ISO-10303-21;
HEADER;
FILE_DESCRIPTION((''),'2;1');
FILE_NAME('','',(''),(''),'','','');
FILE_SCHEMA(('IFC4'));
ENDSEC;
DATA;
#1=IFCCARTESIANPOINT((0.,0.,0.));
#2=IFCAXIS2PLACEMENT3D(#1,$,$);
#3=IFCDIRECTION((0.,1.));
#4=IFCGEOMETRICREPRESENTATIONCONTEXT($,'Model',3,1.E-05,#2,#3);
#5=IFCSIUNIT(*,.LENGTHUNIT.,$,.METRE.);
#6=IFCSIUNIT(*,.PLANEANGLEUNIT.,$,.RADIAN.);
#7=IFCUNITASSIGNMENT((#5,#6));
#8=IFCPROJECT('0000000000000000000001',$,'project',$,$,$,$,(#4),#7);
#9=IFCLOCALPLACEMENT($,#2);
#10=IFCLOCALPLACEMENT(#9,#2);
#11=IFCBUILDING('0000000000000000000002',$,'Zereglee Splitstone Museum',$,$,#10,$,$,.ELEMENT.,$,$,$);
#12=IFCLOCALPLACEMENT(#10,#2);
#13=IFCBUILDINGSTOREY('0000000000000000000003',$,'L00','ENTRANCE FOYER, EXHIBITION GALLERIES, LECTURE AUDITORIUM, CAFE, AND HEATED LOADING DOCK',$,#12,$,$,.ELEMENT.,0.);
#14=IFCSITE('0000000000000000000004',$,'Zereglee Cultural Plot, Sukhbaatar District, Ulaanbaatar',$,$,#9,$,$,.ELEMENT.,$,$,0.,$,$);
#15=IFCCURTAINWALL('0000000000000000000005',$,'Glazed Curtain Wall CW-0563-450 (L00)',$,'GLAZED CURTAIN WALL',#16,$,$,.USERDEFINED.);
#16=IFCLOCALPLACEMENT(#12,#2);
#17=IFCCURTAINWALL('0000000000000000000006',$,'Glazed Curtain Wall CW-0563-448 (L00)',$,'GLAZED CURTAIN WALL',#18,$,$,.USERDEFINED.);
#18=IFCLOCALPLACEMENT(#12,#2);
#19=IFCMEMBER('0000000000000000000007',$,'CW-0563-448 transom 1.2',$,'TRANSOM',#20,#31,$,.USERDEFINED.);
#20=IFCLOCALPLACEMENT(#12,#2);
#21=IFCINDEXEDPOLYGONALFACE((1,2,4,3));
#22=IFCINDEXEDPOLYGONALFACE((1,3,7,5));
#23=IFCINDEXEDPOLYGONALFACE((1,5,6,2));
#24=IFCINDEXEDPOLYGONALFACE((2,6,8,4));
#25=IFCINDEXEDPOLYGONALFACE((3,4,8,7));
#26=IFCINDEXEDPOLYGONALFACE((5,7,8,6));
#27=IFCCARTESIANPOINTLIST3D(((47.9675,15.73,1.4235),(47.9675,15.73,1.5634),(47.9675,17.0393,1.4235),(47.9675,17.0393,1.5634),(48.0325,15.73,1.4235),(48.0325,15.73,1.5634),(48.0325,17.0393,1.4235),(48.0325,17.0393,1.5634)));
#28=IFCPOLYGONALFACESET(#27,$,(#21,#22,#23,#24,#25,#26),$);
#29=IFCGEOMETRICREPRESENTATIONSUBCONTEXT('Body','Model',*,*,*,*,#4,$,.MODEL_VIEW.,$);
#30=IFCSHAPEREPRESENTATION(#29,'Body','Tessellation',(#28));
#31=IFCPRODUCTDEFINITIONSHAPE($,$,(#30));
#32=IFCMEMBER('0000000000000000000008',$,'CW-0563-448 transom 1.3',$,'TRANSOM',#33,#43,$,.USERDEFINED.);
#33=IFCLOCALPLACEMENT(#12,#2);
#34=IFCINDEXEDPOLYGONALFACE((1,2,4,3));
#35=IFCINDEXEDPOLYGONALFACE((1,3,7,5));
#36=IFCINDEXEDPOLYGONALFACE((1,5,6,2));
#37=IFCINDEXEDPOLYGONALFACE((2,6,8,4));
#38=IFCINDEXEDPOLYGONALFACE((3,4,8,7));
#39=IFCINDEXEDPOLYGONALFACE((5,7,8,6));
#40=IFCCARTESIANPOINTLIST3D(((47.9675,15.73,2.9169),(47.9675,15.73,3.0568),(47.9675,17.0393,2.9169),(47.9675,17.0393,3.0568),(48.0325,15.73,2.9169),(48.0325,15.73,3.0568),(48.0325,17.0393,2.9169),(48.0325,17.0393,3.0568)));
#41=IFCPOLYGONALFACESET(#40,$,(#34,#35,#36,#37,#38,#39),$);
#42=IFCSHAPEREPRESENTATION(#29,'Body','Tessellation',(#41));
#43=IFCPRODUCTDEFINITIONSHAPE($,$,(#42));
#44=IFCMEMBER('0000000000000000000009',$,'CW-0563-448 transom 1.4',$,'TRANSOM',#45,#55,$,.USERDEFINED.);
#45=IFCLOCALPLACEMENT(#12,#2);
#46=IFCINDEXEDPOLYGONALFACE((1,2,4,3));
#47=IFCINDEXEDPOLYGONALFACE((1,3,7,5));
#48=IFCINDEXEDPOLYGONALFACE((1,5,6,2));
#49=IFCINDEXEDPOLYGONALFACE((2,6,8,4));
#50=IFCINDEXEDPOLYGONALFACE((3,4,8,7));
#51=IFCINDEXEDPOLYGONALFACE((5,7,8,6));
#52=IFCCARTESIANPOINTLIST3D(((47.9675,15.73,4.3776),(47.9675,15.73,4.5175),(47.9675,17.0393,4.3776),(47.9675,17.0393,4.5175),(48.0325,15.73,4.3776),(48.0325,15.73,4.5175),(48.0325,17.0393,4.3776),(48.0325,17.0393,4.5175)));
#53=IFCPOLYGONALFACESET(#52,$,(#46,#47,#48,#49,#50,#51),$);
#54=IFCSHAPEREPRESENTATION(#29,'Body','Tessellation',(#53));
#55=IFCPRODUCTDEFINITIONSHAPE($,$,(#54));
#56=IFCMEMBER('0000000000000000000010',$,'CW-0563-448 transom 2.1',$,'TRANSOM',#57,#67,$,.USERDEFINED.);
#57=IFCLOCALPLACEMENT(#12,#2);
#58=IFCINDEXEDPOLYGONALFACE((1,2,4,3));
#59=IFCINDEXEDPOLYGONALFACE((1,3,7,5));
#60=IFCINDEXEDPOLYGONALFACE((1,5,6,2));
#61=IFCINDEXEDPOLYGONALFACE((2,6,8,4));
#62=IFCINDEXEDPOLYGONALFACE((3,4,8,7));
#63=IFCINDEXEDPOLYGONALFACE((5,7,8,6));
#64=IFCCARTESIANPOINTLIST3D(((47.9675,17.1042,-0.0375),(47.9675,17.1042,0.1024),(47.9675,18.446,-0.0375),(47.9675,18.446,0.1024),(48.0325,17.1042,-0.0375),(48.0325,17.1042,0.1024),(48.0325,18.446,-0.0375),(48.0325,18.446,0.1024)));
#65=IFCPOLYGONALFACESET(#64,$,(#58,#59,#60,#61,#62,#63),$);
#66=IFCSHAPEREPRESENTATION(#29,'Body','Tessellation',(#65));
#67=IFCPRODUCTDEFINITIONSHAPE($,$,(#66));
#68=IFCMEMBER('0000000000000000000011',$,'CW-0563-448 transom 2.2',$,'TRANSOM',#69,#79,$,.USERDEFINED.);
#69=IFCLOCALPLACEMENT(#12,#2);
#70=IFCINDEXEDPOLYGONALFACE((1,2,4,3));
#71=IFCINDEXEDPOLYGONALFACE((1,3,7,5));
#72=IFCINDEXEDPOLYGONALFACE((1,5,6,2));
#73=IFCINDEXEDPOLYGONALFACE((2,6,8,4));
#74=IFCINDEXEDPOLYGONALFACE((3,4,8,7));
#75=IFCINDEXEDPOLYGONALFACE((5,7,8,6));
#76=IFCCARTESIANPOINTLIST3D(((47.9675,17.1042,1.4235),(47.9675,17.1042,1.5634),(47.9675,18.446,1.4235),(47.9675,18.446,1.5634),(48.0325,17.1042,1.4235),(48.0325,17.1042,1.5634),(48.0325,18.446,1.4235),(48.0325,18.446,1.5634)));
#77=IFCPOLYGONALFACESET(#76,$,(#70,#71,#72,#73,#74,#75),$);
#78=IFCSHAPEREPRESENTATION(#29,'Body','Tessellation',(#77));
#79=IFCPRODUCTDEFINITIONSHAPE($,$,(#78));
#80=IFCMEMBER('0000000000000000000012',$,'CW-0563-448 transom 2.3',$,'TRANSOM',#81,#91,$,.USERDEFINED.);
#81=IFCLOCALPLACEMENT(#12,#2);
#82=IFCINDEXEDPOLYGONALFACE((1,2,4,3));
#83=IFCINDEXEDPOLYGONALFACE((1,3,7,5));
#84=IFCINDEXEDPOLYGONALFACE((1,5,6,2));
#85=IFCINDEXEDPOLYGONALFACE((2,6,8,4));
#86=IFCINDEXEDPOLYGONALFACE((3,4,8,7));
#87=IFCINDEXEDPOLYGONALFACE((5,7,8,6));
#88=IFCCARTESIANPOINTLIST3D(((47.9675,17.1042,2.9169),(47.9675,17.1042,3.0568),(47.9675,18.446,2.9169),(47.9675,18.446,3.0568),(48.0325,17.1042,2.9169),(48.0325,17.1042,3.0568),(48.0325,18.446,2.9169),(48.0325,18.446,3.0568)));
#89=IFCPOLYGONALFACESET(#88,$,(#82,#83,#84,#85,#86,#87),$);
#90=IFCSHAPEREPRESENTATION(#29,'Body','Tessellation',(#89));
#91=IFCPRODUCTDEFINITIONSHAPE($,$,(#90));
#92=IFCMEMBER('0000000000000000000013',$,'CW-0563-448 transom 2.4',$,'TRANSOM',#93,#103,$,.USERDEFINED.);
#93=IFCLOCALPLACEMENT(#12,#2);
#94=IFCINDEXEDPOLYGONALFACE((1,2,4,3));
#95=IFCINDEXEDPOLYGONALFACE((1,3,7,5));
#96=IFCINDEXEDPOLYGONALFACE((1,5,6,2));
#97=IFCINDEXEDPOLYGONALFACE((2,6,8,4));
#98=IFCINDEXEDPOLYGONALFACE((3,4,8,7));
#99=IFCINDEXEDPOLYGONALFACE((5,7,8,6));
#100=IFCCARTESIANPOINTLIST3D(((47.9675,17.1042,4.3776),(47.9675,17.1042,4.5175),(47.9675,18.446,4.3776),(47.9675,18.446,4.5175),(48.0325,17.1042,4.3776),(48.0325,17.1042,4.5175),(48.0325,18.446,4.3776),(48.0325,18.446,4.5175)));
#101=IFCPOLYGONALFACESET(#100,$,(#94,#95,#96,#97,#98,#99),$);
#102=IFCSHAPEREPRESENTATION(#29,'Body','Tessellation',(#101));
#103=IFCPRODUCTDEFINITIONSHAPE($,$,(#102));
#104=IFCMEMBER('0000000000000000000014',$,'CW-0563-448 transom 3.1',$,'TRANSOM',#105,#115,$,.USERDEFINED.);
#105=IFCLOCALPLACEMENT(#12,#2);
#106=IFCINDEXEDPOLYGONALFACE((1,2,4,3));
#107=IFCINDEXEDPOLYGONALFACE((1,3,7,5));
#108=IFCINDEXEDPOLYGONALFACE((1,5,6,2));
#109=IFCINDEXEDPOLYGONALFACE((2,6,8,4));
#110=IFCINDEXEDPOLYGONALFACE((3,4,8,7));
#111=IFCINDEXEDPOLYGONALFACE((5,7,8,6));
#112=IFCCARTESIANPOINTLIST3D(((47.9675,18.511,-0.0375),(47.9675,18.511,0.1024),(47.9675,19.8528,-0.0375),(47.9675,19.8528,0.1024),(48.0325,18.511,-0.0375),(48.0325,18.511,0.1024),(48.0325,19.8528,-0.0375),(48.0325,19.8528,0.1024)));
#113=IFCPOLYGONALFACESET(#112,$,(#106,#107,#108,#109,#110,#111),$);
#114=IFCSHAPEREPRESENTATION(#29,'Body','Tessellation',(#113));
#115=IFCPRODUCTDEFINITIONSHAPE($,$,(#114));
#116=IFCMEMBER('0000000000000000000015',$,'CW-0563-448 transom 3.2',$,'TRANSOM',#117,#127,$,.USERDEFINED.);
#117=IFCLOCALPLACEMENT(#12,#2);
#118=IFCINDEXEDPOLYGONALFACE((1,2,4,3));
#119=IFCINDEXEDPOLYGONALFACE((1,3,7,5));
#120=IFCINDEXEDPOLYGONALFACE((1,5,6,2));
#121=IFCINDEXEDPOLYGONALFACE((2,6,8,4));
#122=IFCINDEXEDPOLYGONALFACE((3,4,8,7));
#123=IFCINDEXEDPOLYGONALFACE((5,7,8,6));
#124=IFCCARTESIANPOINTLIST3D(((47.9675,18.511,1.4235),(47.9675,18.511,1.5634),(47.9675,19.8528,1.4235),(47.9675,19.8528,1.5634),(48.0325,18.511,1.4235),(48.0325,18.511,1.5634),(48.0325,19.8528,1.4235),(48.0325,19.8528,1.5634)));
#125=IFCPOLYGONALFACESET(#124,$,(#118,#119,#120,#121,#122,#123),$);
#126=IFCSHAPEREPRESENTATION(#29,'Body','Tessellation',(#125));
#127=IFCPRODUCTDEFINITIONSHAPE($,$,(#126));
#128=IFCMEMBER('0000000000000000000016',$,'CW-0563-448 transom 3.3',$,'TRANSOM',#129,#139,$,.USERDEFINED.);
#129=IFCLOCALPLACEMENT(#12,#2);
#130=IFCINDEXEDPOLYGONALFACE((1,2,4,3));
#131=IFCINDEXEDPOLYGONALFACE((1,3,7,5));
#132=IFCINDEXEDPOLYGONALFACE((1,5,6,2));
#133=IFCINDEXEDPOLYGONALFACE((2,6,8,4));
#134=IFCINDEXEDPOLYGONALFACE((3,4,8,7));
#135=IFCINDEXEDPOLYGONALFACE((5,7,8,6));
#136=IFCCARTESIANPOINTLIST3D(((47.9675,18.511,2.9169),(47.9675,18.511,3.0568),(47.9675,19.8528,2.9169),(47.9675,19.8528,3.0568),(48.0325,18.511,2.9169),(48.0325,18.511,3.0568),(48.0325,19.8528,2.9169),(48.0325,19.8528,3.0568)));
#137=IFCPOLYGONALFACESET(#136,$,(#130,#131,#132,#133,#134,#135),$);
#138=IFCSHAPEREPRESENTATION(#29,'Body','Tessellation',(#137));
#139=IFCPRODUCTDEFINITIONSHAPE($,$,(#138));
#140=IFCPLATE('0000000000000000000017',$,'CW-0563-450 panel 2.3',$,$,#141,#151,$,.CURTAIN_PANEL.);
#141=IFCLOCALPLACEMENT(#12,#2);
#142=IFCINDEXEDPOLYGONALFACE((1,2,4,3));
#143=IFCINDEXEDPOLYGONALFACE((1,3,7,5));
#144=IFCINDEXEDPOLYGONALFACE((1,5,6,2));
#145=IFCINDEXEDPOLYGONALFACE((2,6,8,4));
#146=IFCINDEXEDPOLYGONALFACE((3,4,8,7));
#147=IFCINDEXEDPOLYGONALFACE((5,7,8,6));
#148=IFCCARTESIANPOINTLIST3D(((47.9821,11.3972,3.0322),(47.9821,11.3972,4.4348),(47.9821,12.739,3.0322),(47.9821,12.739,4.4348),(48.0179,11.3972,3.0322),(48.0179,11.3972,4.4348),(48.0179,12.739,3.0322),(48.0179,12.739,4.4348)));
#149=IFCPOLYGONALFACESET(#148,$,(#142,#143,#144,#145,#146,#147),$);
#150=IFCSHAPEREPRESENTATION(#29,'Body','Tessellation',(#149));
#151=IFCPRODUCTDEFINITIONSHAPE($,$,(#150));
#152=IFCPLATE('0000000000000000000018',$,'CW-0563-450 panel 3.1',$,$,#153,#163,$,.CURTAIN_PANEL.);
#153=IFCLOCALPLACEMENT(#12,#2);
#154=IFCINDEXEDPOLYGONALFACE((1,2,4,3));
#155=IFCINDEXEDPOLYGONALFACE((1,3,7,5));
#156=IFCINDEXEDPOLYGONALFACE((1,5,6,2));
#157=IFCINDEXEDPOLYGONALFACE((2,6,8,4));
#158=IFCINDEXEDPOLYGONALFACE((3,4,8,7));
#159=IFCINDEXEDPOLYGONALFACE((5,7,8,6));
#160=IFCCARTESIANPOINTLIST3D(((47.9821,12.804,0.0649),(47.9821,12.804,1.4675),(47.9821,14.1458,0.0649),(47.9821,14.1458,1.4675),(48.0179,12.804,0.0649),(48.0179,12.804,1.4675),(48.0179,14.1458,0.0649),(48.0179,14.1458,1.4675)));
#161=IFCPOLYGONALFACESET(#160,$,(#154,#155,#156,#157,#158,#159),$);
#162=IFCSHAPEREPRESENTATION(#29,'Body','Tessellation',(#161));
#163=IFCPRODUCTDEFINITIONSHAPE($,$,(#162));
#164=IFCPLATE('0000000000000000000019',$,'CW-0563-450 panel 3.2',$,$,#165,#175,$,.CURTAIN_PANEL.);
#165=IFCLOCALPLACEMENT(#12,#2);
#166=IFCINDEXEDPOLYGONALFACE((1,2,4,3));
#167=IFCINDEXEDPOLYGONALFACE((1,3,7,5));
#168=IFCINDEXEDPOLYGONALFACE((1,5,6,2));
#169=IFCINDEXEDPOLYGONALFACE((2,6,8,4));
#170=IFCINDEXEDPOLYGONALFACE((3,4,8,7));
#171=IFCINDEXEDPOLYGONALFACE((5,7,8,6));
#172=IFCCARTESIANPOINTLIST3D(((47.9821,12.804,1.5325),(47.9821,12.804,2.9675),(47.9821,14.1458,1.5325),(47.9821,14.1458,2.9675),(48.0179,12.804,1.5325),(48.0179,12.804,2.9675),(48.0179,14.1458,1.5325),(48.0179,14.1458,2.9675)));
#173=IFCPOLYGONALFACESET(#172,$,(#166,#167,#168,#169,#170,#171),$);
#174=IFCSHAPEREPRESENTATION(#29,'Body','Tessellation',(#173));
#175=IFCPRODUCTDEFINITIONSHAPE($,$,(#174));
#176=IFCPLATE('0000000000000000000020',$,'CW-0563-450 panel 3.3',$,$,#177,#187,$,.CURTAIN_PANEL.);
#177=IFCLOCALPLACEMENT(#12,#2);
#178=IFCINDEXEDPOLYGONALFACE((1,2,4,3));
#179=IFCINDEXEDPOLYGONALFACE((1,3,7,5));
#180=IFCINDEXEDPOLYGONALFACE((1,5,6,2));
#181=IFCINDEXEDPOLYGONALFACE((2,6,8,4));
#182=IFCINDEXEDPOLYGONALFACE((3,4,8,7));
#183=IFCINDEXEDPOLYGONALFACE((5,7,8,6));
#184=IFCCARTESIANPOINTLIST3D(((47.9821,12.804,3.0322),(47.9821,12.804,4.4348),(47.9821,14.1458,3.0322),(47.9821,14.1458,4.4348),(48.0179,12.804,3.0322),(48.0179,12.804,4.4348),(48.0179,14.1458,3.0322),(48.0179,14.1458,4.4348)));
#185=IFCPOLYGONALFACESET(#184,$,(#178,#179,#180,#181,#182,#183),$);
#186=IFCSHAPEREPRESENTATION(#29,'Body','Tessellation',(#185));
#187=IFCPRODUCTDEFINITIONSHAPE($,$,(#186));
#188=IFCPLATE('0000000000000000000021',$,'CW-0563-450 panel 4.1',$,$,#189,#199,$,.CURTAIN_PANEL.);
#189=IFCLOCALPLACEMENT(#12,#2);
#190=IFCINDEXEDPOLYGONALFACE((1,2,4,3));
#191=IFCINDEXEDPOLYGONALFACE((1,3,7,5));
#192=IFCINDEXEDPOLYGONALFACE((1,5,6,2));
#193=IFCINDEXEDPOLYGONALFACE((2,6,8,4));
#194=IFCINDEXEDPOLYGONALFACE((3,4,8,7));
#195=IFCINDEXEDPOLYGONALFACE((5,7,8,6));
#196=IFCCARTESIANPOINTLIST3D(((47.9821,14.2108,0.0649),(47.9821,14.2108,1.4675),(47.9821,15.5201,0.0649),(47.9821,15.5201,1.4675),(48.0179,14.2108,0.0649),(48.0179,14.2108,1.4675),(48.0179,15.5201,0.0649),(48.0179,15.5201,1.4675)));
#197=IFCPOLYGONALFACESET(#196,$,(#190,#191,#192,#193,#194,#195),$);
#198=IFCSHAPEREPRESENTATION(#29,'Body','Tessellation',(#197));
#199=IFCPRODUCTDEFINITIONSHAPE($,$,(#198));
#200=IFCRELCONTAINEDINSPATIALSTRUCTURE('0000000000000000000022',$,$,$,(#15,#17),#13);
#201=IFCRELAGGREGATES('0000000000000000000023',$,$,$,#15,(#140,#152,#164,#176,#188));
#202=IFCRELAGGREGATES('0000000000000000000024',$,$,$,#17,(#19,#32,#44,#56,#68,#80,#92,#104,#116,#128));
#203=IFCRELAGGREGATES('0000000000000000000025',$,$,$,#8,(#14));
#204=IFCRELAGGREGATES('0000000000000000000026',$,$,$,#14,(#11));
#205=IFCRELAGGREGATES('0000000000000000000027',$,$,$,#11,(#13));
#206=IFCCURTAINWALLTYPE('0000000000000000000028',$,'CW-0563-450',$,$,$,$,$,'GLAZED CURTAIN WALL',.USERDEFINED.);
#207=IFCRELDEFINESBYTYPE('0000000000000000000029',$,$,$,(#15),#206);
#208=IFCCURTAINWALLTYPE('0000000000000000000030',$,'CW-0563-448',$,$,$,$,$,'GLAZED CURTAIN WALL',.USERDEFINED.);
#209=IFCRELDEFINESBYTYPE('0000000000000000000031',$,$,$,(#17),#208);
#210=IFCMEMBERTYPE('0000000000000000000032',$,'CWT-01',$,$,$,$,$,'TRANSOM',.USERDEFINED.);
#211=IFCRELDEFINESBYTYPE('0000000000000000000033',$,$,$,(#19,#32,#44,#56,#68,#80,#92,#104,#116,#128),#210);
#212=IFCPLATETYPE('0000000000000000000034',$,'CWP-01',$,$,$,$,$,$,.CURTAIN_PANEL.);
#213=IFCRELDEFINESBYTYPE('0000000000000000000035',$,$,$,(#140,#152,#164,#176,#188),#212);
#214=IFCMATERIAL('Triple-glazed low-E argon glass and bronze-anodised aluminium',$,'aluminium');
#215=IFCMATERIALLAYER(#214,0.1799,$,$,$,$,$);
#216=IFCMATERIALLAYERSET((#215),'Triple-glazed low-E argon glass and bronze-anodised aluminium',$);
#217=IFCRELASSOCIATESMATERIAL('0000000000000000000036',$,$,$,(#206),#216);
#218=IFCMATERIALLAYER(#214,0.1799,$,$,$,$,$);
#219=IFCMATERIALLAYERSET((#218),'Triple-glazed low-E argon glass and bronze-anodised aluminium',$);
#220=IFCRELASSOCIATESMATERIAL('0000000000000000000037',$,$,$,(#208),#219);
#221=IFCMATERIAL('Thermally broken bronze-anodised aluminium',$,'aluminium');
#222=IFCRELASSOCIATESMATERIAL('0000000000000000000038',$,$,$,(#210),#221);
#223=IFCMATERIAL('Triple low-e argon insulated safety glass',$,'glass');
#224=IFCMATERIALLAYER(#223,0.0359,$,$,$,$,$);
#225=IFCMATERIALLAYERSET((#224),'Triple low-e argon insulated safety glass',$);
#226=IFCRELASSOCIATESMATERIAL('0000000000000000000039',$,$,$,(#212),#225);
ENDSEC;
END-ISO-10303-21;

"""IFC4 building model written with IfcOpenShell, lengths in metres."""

from ifc_helpers import new_model, si_unit, direction, frame, origin, origin_2d, place, context, subcontext, project, spatial, rectangle, extrude, material, layer, layer_set, material_profile, profile_set, type_object, element, aggregate, save


model = new_model("IFC4")

# Units and contexts
model_context = context("Model", 3, precision=1e-05, world=origin(), true_north=direction((0.0, 1.0)))
body_context = subcontext(model_context, "Body", "Model", "MODEL_VIEW")
ifc_project = project(units=[si_unit("LENGTHUNIT", "METRE"), si_unit("PLANEANGLEUNIT", "RADIAN")], contexts=[model_context])

# Site, building, storey
site_placement = place(None, origin())
site = spatial("IfcSite", under=ifc_project, at=site_placement, Name="Zereglee Cultural Plot, Sukhbaatar District, Ulaanbaatar", CompositionType="ELEMENT", RefElevation=0.0)
building_placement = place(site_placement, origin())
building = spatial("IfcBuilding", under=site, at=building_placement, Name="Zereglee Splitstone Museum", CompositionType="ELEMENT")
storey_placement = place(building_placement, origin())
storey = spatial("IfcBuildingStorey", under=building, at=storey_placement, Name="L00", Description="ENTRANCE FOYER, EXHIBITION GALLERIES, LECTURE AUDITORIUM, CAFE, AND HEATED LOADING DOCK", CompositionType="ELEMENT", Elevation=0.0)

# Curtain walls
ifc_material_1 = material(Name="Triple-glazed low-E argon glass and bronze-anodised aluminium", Category="aluminium")
ifc_layer_1 = layer(ifc_material_1, 0.1799)
ifc_layer_set_1 = layer_set([ifc_layer_1], Name="Triple-glazed low-E argon glass and bronze-anodised aluminium")
curtain_wall_type_1 = type_object("IfcCurtainWallType", Name="CW-0563-450", ElementType="GLAZED CURTAIN WALL", PredefinedType="USERDEFINED", material=ifc_layer_set_1)
curtain_wall_1_placement = place(storey_placement, origin())
curtain_wall_1 = element("IfcCurtainWall", 1, at=curtain_wall_1_placement, inside=storey, type_object=curtain_wall_type_1, Name="Glazed Curtain Wall CW-0563-450 (L00)", ObjectType="GLAZED CURTAIN WALL", PredefinedType="USERDEFINED")
ifc_material_2 = material(Name="Thermally broken bronze-anodised aluminium", Category="aluminium")
ifc_layer_2 = layer(ifc_material_1, 0.1799)
ifc_layer_set_2 = layer_set([ifc_layer_2], Name="Triple-glazed low-E argon glass and bronze-anodised aluminium")
curtain_wall_type_2 = type_object("IfcCurtainWallType", Name="CW-0563-448", ElementType="GLAZED CURTAIN WALL", PredefinedType="USERDEFINED", material=ifc_layer_set_2)
curtain_wall_2_placement = place(storey_placement, origin())
curtain_wall_2 = element("IfcCurtainWall", 2, at=curtain_wall_2_placement, inside=storey, type_object=curtain_wall_type_2, Name="Glazed Curtain Wall CW-0563-448 (L00)", ObjectType="GLAZED CURTAIN WALL", PredefinedType="USERDEFINED")

# Members
ifc_material_profile_1 = material_profile(ifc_material_2, rectangle(XDim=0.0649, YDim=0.1399, at=origin_2d()), Name="CW TRAN 65x140")
ifc_profile_set_1 = profile_set([ifc_material_profile_1], Name="Thermally broken bronze-anodised aluminium")
member_type_1 = type_object("IfcMemberType", Name="CWT-01", ElementType="TRANSOM", PredefinedType="USERDEFINED", material=ifc_profile_set_1)
member_1_placement = place(storey_placement, frame((48.0, 15.73, 1.4934), z_axis=(0.0, 1.0, 0.0), x_axis=(-1.0, 0.0, 0.0)))
member_1 = element("IfcMember", 3, at=member_1_placement, type_object=member_type_1, Name="CW-0563-448 transom 1.2", ObjectType="TRANSOM", PredefinedType="USERDEFINED", context=body_context, shape_type="SweptSolid", body=[
    extrude(rectangle(XDim=0.0649, YDim=0.1399, at=origin_2d()), origin(), (0.0, 0.0, 1.0), 1.3093),
])
member_2_placement = place(storey_placement, frame((48.0, 15.73, 2.9868), z_axis=(0.0, 1.0, 0.0), x_axis=(-1.0, 0.0, 0.0)))
member_2 = element("IfcMember", 4, at=member_2_placement, type_object=member_type_1, Name="CW-0563-448 transom 1.3", ObjectType="TRANSOM", PredefinedType="USERDEFINED", context=body_context, shape_type="SweptSolid", body=[
    extrude(rectangle(XDim=0.0649, YDim=0.1399, at=origin_2d()), origin(), (0.0, 0.0, 1.0), 1.3093),
])
member_3_placement = place(storey_placement, frame((48.0, 15.73, 4.4475), z_axis=(0.0, 1.0, 0.0), x_axis=(-1.0, 0.0, 0.0)))
member_3 = element("IfcMember", 5, at=member_3_placement, type_object=member_type_1, Name="CW-0563-448 transom 1.4", ObjectType="TRANSOM", PredefinedType="USERDEFINED", context=body_context, shape_type="SweptSolid", body=[
    extrude(rectangle(XDim=0.0649, YDim=0.1399, at=origin_2d()), origin(), (0.0, 0.0, 1.0), 1.3093),
])
member_4_placement = place(storey_placement, frame((48.0, 17.1042, 0.0325), z_axis=(0.0, 1.0, 0.0), x_axis=(-1.0, 0.0, 0.0)))
member_4 = element("IfcMember", 6, at=member_4_placement, type_object=member_type_1, Name="CW-0563-448 transom 2.1", ObjectType="TRANSOM", PredefinedType="USERDEFINED", context=body_context, shape_type="SweptSolid", body=[
    extrude(rectangle(XDim=0.0649, YDim=0.1399, at=origin_2d()), origin(), (0.0, 0.0, 1.0), 1.3418),
])
member_5_placement = place(storey_placement, frame((48.0, 17.1042, 1.4934), z_axis=(0.0, 1.0, 0.0), x_axis=(-1.0, 0.0, 0.0)))
member_5 = element("IfcMember", 7, at=member_5_placement, type_object=member_type_1, Name="CW-0563-448 transom 2.2", ObjectType="TRANSOM", PredefinedType="USERDEFINED", context=body_context, shape_type="SweptSolid", body=[
    extrude(rectangle(XDim=0.0649, YDim=0.1399, at=origin_2d()), origin(), (0.0, 0.0, 1.0), 1.3418),
])
member_6_placement = place(storey_placement, frame((48.0, 17.1042, 2.9868), z_axis=(0.0, 1.0, 0.0), x_axis=(-1.0, 0.0, 0.0)))
member_6 = element("IfcMember", 8, at=member_6_placement, type_object=member_type_1, Name="CW-0563-448 transom 2.3", ObjectType="TRANSOM", PredefinedType="USERDEFINED", context=body_context, shape_type="SweptSolid", body=[
    extrude(rectangle(XDim=0.0649, YDim=0.1399, at=origin_2d()), origin(), (0.0, 0.0, 1.0), 1.3418),
])
member_7_placement = place(storey_placement, frame((48.0, 17.1042, 4.4475), z_axis=(0.0, 1.0, 0.0), x_axis=(-1.0, 0.0, 0.0)))
member_7 = element("IfcMember", 9, at=member_7_placement, type_object=member_type_1, Name="CW-0563-448 transom 2.4", ObjectType="TRANSOM", PredefinedType="USERDEFINED", context=body_context, shape_type="SweptSolid", body=[
    extrude(rectangle(XDim=0.0649, YDim=0.1399, at=origin_2d()), origin(), (0.0, 0.0, 1.0), 1.3418),
])
member_8_placement = place(storey_placement, frame((48.0, 18.511, 0.0325), z_axis=(0.0, 1.0, 0.0), x_axis=(-1.0, 0.0, 0.0)))
member_8 = element("IfcMember", 10, at=member_8_placement, type_object=member_type_1, Name="CW-0563-448 transom 3.1", ObjectType="TRANSOM", PredefinedType="USERDEFINED", context=body_context, shape_type="SweptSolid", body=[
    extrude(rectangle(XDim=0.0649, YDim=0.1399, at=origin_2d()), origin(), (0.0, 0.0, 1.0), 1.3418),
])
member_9_placement = place(storey_placement, frame((48.0, 18.511, 1.4934), z_axis=(0.0, 1.0, 0.0), x_axis=(-1.0, 0.0, 0.0)))
member_9 = element("IfcMember", 11, at=member_9_placement, type_object=member_type_1, Name="CW-0563-448 transom 3.2", ObjectType="TRANSOM", PredefinedType="USERDEFINED", context=body_context, shape_type="SweptSolid", body=[
    extrude(rectangle(XDim=0.0649, YDim=0.1399, at=origin_2d()), origin(), (0.0, 0.0, 1.0), 1.3418),
])
member_10_placement = place(storey_placement, frame((48.0, 18.511, 2.9868), z_axis=(0.0, 1.0, 0.0), x_axis=(-1.0, 0.0, 0.0)))
member_10 = element("IfcMember", 12, at=member_10_placement, type_object=member_type_1, Name="CW-0563-448 transom 3.3", ObjectType="TRANSOM", PredefinedType="USERDEFINED", context=body_context, shape_type="SweptSolid", body=[
    extrude(rectangle(XDim=0.0649, YDim=0.1399, at=origin_2d()), origin(), (0.0, 0.0, 1.0), 1.3418),
])

# Plates
ifc_material_3 = material(Name="Triple low-e argon insulated safety glass", Category="glass")
ifc_layer_3 = layer(ifc_material_3, 0.0359)
ifc_layer_set_3 = layer_set([ifc_layer_3], Name="Triple low-e argon insulated safety glass")
plate_type = type_object("IfcPlateType", Name="CWP-01", PredefinedType="CURTAIN_PANEL", material=ifc_layer_set_3)
plate_1_placement = place(storey_placement, frame((48.0, 12.0681, 3.0322), z_axis=(0.0, 0.0, 1.0), x_axis=(0.0, 1.0, 0.0)))
plate_1 = element("IfcPlate", 13, at=plate_1_placement, type_object=plate_type, Name="CW-0563-450 panel 2.3", PredefinedType="CURTAIN_PANEL", context=body_context, shape_type="SweptSolid", body=[
    extrude(rectangle(XDim=1.3418, YDim=0.0359, at=origin_2d()), origin(), (0.0, 0.0, 1.0), 1.4026),
])
plate_2_placement = place(storey_placement, frame((48.0, 13.4749, 0.0649), z_axis=(0.0, 0.0, 1.0), x_axis=(0.0, 1.0, 0.0)))
plate_2 = element("IfcPlate", 14, at=plate_2_placement, type_object=plate_type, Name="CW-0563-450 panel 3.1", PredefinedType="CURTAIN_PANEL", context=body_context, shape_type="SweptSolid", body=[
    extrude(rectangle(XDim=1.3418, YDim=0.0359, at=origin_2d()), origin(), (0.0, 0.0, 1.0), 1.4026),
])
plate_3_placement = place(storey_placement, frame((48.0, 13.4749, 1.5325), z_axis=(0.0, 0.0, 1.0), x_axis=(0.0, 1.0, 0.0)))
plate_3 = element("IfcPlate", 15, at=plate_3_placement, type_object=plate_type, Name="CW-0563-450 panel 3.2", PredefinedType="CURTAIN_PANEL", context=body_context, shape_type="SweptSolid", body=[
    extrude(rectangle(XDim=1.3418, YDim=0.0359, at=origin_2d()), origin(), (0.0, 0.0, 1.0), 1.4351),
])
plate_4_placement = place(storey_placement, frame((48.0, 13.4749, 3.0322), z_axis=(0.0, 0.0, 1.0), x_axis=(0.0, 1.0, 0.0)))
plate_4 = element("IfcPlate", 16, at=plate_4_placement, type_object=plate_type, Name="CW-0563-450 panel 3.3", PredefinedType="CURTAIN_PANEL", context=body_context, shape_type="SweptSolid", body=[
    extrude(rectangle(XDim=1.3418, YDim=0.0359, at=origin_2d()), origin(), (0.0, 0.0, 1.0), 1.4026),
])
plate_5_placement = place(storey_placement, frame((48.0, 14.8655, 0.0649), z_axis=(0.0, 0.0, 1.0), x_axis=(0.0, 1.0, 0.0)))
plate_5 = element("IfcPlate", 17, at=plate_5_placement, type_object=plate_type, Name="CW-0563-450 panel 4.1", PredefinedType="CURTAIN_PANEL", context=body_context, shape_type="SweptSolid", body=[
    extrude(rectangle(XDim=1.3093, YDim=0.0359, at=origin_2d()), origin(), (0.0, 0.0, 1.0), 1.4026),
])
aggregate(curtain_wall_1, [plate_1, plate_2, plate_3, plate_4, plate_5])
aggregate(curtain_wall_2, [member_1, member_2, member_3, member_4, member_5, member_6, member_7, member_8, member_9, member_10])

save(model, "model.ifc")
